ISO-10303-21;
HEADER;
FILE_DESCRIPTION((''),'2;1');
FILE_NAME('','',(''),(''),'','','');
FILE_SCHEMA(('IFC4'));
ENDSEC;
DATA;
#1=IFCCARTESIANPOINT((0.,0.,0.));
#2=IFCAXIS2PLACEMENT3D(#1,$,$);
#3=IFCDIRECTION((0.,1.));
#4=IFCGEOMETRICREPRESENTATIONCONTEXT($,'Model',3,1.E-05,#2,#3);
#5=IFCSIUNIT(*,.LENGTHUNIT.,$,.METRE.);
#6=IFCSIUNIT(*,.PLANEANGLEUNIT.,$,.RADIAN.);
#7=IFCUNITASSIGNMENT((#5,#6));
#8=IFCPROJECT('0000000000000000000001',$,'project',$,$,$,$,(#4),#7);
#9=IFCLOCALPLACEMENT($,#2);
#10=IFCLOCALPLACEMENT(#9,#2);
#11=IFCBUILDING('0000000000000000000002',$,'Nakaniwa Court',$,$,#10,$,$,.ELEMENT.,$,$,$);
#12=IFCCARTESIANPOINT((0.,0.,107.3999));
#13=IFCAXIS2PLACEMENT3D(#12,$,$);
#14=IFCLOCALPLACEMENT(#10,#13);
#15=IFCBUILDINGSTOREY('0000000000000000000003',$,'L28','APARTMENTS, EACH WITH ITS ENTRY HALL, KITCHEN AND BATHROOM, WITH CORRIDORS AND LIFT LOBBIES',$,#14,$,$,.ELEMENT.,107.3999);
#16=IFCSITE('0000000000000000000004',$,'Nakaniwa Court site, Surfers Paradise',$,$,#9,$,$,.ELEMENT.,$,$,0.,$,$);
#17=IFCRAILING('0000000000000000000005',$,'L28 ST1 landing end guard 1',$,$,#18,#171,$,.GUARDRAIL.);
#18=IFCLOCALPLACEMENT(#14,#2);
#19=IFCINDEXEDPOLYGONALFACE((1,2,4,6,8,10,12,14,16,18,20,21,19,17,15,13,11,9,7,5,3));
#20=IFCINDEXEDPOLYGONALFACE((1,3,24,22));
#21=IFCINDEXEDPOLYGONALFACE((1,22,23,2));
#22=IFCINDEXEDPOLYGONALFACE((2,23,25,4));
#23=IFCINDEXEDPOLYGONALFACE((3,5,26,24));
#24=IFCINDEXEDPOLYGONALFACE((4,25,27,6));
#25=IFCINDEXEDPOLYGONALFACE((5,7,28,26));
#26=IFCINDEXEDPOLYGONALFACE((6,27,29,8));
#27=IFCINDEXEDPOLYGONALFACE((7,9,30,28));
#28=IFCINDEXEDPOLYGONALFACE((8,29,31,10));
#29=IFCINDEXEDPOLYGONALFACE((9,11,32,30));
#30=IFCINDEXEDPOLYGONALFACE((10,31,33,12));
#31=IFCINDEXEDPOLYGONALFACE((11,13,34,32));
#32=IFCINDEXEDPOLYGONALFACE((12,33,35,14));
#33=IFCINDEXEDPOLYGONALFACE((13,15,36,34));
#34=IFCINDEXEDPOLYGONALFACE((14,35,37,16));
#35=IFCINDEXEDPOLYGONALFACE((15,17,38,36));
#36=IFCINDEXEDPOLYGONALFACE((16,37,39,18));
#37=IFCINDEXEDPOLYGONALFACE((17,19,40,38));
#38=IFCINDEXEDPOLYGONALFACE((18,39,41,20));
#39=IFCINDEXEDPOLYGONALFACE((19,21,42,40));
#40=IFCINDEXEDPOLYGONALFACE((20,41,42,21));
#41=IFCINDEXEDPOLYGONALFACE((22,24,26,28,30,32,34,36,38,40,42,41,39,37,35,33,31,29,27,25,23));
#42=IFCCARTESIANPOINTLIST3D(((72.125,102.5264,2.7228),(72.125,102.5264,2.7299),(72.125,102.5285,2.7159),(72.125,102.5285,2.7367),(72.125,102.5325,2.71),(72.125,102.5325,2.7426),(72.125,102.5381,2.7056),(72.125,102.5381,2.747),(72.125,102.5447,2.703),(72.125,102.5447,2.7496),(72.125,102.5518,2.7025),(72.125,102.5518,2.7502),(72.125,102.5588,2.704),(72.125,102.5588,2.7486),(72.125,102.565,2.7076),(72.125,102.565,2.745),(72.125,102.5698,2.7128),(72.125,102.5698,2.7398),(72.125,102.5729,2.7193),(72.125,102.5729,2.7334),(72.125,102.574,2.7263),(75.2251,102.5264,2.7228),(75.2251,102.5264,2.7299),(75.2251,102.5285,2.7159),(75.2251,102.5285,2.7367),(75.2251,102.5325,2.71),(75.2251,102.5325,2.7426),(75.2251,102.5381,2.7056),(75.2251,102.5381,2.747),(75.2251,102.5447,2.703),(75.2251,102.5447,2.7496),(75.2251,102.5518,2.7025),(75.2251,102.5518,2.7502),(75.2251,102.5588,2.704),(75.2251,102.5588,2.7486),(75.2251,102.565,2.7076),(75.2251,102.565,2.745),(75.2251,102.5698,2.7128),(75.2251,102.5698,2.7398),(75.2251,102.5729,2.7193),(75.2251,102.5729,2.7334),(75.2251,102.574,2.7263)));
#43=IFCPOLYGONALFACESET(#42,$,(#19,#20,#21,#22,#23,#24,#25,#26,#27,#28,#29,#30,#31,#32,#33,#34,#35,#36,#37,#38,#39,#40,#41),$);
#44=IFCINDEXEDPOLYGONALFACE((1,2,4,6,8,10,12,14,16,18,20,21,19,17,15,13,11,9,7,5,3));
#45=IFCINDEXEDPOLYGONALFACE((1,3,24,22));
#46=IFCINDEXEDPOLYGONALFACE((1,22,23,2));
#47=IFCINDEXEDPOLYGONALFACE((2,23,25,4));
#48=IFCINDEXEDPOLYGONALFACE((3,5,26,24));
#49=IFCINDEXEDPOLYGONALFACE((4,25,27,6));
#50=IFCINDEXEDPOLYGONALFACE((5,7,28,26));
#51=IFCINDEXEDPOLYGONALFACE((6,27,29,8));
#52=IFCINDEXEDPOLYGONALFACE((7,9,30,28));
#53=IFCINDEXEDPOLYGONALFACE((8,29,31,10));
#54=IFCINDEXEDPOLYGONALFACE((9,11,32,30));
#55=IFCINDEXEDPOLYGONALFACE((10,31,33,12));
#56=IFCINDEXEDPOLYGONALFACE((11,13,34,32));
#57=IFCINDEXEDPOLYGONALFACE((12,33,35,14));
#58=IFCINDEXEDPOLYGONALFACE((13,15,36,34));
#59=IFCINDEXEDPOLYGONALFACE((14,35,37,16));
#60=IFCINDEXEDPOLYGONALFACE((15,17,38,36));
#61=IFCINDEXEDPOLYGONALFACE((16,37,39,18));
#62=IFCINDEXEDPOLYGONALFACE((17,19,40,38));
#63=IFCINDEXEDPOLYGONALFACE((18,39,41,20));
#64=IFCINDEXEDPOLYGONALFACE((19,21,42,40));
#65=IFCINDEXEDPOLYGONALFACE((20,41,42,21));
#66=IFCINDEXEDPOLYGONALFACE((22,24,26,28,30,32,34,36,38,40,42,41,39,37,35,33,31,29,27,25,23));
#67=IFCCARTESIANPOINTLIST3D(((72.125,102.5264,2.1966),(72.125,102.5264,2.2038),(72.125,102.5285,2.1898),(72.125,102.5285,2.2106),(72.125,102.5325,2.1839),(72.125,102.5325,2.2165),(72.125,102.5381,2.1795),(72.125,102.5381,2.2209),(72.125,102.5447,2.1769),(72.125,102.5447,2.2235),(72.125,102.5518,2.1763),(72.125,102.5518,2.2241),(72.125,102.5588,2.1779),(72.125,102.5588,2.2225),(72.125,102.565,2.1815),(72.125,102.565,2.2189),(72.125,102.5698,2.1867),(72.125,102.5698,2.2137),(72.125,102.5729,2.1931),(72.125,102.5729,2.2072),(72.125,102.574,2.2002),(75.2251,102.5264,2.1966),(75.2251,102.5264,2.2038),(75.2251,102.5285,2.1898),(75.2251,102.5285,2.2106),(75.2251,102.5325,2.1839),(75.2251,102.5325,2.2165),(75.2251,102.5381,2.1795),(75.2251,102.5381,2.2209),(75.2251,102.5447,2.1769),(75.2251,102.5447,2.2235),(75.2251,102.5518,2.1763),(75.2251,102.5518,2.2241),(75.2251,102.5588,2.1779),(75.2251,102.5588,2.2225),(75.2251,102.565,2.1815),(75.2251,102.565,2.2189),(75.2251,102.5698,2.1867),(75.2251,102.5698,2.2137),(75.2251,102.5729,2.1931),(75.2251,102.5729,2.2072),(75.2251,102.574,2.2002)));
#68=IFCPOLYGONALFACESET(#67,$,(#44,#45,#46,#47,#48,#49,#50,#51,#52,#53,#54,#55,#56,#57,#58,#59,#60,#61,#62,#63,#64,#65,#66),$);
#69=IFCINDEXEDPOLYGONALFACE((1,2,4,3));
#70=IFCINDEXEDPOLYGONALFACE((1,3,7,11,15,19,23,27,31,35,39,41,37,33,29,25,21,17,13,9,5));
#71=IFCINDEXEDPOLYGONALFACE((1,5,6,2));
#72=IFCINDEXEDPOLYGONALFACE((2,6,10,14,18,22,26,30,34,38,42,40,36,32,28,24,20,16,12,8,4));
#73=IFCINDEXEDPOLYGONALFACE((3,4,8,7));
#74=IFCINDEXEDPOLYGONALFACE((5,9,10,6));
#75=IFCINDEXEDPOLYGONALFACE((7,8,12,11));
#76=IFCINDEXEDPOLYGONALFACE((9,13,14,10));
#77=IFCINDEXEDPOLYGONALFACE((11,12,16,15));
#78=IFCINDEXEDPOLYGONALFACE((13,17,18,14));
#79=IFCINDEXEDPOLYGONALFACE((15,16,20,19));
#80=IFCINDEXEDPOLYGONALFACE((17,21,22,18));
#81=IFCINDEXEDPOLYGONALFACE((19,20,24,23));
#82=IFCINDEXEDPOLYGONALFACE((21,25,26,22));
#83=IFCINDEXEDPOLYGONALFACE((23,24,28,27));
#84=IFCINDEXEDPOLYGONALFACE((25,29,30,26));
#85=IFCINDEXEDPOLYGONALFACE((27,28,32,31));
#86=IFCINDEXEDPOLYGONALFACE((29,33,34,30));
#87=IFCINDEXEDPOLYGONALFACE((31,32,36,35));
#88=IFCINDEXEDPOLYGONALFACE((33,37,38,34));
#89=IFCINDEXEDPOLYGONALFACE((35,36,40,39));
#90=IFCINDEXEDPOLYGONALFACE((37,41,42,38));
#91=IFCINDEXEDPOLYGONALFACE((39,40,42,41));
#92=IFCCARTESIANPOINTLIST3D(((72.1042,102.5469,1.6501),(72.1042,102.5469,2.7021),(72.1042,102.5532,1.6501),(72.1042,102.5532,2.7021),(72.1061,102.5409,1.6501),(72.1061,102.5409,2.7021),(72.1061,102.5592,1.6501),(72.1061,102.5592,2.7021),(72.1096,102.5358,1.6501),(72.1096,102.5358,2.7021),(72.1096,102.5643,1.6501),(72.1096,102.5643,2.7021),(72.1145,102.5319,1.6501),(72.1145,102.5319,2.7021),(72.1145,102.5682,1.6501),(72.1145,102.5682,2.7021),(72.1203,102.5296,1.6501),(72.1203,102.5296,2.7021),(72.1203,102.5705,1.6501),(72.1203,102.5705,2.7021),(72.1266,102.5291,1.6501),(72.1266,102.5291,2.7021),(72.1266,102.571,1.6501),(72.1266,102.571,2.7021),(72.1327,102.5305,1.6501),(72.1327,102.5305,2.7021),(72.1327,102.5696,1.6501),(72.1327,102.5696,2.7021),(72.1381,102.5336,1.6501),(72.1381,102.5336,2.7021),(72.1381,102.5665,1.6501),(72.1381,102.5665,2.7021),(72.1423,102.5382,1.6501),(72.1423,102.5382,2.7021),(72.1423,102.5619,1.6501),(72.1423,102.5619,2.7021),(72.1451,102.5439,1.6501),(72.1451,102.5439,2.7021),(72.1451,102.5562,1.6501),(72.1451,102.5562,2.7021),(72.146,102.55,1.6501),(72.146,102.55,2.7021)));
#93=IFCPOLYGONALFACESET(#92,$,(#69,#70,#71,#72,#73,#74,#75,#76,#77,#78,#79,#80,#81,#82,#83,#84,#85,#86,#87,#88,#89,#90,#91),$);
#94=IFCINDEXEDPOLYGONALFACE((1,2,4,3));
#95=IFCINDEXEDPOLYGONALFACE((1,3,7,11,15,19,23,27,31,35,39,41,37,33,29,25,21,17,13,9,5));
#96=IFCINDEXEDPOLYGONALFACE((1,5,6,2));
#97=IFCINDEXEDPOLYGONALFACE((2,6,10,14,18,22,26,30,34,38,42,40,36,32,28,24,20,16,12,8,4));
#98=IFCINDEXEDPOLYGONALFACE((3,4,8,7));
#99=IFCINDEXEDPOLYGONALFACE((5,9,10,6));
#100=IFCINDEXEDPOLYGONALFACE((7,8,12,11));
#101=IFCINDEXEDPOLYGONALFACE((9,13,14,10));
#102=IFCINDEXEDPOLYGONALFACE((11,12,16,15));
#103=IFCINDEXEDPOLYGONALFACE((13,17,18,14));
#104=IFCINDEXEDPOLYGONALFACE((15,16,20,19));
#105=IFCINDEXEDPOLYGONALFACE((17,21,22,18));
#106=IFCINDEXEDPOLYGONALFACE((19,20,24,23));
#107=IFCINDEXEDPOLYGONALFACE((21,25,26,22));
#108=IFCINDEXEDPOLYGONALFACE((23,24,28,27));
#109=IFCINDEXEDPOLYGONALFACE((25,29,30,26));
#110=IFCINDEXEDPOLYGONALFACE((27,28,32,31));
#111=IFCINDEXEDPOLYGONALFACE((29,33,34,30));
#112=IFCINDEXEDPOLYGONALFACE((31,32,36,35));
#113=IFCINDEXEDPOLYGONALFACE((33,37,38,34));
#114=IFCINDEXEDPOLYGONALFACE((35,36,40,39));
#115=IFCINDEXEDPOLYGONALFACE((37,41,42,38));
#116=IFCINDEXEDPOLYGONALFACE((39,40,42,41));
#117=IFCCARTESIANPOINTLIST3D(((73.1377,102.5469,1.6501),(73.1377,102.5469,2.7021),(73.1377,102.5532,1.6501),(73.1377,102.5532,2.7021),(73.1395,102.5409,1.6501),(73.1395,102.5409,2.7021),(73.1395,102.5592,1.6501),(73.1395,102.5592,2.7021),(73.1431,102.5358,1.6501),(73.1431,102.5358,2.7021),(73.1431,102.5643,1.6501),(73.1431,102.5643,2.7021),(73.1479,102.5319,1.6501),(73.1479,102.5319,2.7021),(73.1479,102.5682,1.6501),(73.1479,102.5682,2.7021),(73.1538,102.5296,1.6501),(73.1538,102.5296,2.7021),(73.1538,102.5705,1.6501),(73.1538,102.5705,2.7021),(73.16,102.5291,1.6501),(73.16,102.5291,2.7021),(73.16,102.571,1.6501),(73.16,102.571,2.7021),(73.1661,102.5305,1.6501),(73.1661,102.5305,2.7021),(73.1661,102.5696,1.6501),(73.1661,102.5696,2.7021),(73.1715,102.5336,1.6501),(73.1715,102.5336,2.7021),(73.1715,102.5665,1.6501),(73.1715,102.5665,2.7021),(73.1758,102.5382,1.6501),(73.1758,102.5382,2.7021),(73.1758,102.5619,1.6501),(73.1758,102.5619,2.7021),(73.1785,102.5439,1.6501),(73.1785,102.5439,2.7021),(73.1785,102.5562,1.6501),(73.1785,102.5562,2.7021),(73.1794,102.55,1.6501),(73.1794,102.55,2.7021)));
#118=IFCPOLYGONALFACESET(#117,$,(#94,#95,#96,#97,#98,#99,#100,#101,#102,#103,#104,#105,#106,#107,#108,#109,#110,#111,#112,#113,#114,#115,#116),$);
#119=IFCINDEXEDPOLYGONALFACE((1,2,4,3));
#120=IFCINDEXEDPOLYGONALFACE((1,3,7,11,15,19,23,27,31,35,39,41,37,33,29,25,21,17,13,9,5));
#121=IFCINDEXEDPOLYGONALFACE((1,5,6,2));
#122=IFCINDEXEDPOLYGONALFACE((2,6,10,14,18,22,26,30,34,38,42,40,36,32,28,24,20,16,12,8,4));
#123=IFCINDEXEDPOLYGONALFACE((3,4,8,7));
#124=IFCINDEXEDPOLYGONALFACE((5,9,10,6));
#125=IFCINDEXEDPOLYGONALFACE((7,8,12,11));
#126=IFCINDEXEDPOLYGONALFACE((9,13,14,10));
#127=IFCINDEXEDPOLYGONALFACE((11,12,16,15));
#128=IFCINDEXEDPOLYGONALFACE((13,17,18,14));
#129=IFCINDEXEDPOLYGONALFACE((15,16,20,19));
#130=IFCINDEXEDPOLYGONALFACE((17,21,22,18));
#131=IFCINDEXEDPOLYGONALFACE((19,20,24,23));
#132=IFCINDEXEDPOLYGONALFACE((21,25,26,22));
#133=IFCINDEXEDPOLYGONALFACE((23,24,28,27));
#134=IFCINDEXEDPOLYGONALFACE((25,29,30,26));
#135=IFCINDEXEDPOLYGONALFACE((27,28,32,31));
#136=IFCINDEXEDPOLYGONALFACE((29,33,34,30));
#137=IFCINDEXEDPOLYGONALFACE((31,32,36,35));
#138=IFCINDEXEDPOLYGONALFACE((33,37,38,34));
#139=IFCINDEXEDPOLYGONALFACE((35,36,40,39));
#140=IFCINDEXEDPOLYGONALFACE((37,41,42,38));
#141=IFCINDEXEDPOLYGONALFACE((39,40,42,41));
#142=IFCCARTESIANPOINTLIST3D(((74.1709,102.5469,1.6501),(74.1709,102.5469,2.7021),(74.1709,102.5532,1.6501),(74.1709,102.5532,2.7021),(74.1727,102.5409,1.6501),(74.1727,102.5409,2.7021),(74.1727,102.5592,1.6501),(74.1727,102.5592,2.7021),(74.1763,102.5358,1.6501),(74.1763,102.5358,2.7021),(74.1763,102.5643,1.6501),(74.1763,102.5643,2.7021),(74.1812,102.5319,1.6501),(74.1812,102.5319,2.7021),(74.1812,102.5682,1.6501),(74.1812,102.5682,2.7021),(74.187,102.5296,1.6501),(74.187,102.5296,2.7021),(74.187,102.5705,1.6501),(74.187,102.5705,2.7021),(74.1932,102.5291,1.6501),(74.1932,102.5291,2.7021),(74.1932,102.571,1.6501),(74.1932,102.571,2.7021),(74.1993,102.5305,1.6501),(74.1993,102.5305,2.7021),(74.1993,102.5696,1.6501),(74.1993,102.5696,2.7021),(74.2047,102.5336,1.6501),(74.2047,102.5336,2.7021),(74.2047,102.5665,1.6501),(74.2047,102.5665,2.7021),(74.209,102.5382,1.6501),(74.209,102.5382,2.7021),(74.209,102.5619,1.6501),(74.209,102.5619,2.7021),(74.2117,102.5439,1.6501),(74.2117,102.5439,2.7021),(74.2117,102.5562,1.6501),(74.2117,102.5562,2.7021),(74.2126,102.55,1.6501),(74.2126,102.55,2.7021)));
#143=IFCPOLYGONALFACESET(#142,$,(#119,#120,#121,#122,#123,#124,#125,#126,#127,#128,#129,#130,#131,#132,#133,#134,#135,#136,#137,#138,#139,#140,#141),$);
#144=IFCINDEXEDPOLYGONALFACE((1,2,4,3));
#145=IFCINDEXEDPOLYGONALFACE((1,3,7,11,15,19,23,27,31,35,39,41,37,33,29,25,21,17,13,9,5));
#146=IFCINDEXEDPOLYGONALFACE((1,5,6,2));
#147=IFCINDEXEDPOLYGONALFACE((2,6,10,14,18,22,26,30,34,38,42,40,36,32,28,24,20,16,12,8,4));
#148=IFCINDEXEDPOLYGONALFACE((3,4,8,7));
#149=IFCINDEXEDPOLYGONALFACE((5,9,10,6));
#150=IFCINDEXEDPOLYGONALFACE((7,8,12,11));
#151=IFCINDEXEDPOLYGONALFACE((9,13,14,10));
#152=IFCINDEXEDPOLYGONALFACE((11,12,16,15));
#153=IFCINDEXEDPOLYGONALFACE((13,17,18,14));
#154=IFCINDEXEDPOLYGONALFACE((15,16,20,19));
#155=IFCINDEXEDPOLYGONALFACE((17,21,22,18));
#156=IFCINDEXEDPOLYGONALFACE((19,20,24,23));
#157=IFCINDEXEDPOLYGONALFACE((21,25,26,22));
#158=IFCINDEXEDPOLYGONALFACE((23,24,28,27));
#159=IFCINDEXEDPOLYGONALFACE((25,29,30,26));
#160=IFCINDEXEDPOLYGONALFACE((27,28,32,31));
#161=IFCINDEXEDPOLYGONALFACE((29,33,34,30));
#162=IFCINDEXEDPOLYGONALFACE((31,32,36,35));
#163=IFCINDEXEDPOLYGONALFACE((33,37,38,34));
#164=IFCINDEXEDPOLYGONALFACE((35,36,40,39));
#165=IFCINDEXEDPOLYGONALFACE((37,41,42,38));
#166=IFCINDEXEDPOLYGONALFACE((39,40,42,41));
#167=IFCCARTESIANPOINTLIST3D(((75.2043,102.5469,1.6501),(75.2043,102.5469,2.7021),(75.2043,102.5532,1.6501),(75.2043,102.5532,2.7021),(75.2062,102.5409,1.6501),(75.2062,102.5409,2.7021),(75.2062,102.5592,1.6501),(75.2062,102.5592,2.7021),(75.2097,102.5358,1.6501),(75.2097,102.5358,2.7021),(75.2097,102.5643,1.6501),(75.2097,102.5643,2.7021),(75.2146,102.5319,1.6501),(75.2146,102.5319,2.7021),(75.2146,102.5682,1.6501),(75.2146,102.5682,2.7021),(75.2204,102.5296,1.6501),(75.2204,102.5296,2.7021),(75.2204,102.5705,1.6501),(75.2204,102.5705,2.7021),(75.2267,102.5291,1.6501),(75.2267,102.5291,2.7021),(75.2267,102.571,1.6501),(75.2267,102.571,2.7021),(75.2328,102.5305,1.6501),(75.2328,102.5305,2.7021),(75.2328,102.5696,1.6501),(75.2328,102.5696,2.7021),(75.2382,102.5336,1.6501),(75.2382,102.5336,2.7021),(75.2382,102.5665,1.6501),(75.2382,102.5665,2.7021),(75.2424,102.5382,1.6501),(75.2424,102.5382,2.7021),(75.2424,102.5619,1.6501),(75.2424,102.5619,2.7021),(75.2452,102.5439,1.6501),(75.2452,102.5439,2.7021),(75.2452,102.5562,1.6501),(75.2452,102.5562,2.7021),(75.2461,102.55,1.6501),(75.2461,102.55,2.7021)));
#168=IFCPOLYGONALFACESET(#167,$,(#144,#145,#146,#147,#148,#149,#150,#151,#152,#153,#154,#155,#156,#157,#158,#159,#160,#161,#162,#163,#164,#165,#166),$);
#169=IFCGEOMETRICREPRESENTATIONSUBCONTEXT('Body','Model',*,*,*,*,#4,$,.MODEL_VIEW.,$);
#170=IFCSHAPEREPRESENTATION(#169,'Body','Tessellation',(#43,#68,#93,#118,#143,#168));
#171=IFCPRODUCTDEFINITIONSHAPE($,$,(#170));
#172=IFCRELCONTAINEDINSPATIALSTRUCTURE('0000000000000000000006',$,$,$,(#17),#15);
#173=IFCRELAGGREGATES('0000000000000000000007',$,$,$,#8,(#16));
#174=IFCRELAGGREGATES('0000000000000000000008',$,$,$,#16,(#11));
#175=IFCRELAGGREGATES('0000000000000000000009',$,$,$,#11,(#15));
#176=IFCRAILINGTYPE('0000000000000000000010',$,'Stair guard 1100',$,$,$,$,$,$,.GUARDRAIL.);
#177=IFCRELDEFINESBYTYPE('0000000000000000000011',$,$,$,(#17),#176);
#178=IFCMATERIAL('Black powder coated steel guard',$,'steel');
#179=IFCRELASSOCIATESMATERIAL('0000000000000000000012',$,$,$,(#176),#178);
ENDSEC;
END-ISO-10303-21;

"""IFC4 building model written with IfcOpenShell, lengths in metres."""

from ifc_helpers import new_model, si_unit, direction, frame, origin, origin_2d, place, context, subcontext, project, spatial, circle, extrude, material, type_object, element, save


model = new_model("IFC4")

# Units and contexts
model_context = context("Model", 3, precision=1e-05, world=origin(), true_north=direction((0.0, 1.0)))
body_context = subcontext(model_context, "Body", "Model", "MODEL_VIEW")
ifc_project = project(units=[si_unit("LENGTHUNIT", "METRE"), si_unit("PLANEANGLEUNIT", "RADIAN")], contexts=[model_context])

# Site, building, storey
site_placement = place(None, origin())
site = spatial("IfcSite", under=ifc_project, at=site_placement, Name="Nakaniwa Court site, Surfers Paradise", CompositionType="ELEMENT", RefElevation=0.0)
building_placement = place(site_placement, origin())
building = spatial("IfcBuilding", under=site, at=building_placement, Name="Nakaniwa Court", CompositionType="ELEMENT")
storey_placement = place(building_placement, frame((0.0, 0.0, 107.3999)))
storey = spatial("IfcBuildingStorey", under=building, at=storey_placement, Name="L28", Description="APARTMENTS, EACH WITH ITS ENTRY HALL, KITCHEN AND BATHROOM, WITH CORRIDORS AND LIFT LOBBIES", CompositionType="ELEMENT", Elevation=107.3999)

# Railing
ifc_material_1 = material(Name="Black powder coated steel guard", Category="steel")
railing_type_1 = type_object("IfcRailingType", Name="Stair guard 1100", PredefinedType="GUARDRAIL", material=ifc_material_1)
railing_1_placement = place(storey_placement, frame((72.125, 102.55, 1.6501)))
element("IfcRailing", 1, at=railing_1_placement, inside=storey, type_object=railing_type_1, Name="L28 ST1 landing end guard 1", PredefinedType="GUARDRAIL", context=body_context, shape_type="SweptSolid", body=[
    extrude(circle(Radius=0.0239, at=origin_2d()), frame((0.0, 0.0, 1.0762), z_axis=(1.0, 0.0, 0.0), x_axis=(0.0, 1.0, 0.0)), (0.0, 0.0, 1.0), 3.1001),
    extrude(circle(Radius=0.0239, at=origin_2d()), frame((0.0, 0.0, 0.55), z_axis=(1.0, 0.0, 0.0), x_axis=(0.0, 1.0, 0.0)), (0.0, 0.0, 1.0), 3.1001),
    extrude(circle(Radius=0.021, at=origin_2d()), origin(), (0.0, 0.0, 1.0), 1.052),
    extrude(circle(Radius=0.021, at=origin_2d()), frame((1.0334, 0.0, 0.0)), (0.0, 0.0, 1.0), 1.052),
    extrude(circle(Radius=0.021, at=origin_2d()), frame((2.0667, 0.0, 0.0)), (0.0, 0.0, 1.0), 1.052),
    extrude(circle(Radius=0.021, at=origin_2d()), frame((3.1001, 0.0, 0.0)), (0.0, 0.0, 1.0), 1.052),
])

save(model, "model.ifc")
